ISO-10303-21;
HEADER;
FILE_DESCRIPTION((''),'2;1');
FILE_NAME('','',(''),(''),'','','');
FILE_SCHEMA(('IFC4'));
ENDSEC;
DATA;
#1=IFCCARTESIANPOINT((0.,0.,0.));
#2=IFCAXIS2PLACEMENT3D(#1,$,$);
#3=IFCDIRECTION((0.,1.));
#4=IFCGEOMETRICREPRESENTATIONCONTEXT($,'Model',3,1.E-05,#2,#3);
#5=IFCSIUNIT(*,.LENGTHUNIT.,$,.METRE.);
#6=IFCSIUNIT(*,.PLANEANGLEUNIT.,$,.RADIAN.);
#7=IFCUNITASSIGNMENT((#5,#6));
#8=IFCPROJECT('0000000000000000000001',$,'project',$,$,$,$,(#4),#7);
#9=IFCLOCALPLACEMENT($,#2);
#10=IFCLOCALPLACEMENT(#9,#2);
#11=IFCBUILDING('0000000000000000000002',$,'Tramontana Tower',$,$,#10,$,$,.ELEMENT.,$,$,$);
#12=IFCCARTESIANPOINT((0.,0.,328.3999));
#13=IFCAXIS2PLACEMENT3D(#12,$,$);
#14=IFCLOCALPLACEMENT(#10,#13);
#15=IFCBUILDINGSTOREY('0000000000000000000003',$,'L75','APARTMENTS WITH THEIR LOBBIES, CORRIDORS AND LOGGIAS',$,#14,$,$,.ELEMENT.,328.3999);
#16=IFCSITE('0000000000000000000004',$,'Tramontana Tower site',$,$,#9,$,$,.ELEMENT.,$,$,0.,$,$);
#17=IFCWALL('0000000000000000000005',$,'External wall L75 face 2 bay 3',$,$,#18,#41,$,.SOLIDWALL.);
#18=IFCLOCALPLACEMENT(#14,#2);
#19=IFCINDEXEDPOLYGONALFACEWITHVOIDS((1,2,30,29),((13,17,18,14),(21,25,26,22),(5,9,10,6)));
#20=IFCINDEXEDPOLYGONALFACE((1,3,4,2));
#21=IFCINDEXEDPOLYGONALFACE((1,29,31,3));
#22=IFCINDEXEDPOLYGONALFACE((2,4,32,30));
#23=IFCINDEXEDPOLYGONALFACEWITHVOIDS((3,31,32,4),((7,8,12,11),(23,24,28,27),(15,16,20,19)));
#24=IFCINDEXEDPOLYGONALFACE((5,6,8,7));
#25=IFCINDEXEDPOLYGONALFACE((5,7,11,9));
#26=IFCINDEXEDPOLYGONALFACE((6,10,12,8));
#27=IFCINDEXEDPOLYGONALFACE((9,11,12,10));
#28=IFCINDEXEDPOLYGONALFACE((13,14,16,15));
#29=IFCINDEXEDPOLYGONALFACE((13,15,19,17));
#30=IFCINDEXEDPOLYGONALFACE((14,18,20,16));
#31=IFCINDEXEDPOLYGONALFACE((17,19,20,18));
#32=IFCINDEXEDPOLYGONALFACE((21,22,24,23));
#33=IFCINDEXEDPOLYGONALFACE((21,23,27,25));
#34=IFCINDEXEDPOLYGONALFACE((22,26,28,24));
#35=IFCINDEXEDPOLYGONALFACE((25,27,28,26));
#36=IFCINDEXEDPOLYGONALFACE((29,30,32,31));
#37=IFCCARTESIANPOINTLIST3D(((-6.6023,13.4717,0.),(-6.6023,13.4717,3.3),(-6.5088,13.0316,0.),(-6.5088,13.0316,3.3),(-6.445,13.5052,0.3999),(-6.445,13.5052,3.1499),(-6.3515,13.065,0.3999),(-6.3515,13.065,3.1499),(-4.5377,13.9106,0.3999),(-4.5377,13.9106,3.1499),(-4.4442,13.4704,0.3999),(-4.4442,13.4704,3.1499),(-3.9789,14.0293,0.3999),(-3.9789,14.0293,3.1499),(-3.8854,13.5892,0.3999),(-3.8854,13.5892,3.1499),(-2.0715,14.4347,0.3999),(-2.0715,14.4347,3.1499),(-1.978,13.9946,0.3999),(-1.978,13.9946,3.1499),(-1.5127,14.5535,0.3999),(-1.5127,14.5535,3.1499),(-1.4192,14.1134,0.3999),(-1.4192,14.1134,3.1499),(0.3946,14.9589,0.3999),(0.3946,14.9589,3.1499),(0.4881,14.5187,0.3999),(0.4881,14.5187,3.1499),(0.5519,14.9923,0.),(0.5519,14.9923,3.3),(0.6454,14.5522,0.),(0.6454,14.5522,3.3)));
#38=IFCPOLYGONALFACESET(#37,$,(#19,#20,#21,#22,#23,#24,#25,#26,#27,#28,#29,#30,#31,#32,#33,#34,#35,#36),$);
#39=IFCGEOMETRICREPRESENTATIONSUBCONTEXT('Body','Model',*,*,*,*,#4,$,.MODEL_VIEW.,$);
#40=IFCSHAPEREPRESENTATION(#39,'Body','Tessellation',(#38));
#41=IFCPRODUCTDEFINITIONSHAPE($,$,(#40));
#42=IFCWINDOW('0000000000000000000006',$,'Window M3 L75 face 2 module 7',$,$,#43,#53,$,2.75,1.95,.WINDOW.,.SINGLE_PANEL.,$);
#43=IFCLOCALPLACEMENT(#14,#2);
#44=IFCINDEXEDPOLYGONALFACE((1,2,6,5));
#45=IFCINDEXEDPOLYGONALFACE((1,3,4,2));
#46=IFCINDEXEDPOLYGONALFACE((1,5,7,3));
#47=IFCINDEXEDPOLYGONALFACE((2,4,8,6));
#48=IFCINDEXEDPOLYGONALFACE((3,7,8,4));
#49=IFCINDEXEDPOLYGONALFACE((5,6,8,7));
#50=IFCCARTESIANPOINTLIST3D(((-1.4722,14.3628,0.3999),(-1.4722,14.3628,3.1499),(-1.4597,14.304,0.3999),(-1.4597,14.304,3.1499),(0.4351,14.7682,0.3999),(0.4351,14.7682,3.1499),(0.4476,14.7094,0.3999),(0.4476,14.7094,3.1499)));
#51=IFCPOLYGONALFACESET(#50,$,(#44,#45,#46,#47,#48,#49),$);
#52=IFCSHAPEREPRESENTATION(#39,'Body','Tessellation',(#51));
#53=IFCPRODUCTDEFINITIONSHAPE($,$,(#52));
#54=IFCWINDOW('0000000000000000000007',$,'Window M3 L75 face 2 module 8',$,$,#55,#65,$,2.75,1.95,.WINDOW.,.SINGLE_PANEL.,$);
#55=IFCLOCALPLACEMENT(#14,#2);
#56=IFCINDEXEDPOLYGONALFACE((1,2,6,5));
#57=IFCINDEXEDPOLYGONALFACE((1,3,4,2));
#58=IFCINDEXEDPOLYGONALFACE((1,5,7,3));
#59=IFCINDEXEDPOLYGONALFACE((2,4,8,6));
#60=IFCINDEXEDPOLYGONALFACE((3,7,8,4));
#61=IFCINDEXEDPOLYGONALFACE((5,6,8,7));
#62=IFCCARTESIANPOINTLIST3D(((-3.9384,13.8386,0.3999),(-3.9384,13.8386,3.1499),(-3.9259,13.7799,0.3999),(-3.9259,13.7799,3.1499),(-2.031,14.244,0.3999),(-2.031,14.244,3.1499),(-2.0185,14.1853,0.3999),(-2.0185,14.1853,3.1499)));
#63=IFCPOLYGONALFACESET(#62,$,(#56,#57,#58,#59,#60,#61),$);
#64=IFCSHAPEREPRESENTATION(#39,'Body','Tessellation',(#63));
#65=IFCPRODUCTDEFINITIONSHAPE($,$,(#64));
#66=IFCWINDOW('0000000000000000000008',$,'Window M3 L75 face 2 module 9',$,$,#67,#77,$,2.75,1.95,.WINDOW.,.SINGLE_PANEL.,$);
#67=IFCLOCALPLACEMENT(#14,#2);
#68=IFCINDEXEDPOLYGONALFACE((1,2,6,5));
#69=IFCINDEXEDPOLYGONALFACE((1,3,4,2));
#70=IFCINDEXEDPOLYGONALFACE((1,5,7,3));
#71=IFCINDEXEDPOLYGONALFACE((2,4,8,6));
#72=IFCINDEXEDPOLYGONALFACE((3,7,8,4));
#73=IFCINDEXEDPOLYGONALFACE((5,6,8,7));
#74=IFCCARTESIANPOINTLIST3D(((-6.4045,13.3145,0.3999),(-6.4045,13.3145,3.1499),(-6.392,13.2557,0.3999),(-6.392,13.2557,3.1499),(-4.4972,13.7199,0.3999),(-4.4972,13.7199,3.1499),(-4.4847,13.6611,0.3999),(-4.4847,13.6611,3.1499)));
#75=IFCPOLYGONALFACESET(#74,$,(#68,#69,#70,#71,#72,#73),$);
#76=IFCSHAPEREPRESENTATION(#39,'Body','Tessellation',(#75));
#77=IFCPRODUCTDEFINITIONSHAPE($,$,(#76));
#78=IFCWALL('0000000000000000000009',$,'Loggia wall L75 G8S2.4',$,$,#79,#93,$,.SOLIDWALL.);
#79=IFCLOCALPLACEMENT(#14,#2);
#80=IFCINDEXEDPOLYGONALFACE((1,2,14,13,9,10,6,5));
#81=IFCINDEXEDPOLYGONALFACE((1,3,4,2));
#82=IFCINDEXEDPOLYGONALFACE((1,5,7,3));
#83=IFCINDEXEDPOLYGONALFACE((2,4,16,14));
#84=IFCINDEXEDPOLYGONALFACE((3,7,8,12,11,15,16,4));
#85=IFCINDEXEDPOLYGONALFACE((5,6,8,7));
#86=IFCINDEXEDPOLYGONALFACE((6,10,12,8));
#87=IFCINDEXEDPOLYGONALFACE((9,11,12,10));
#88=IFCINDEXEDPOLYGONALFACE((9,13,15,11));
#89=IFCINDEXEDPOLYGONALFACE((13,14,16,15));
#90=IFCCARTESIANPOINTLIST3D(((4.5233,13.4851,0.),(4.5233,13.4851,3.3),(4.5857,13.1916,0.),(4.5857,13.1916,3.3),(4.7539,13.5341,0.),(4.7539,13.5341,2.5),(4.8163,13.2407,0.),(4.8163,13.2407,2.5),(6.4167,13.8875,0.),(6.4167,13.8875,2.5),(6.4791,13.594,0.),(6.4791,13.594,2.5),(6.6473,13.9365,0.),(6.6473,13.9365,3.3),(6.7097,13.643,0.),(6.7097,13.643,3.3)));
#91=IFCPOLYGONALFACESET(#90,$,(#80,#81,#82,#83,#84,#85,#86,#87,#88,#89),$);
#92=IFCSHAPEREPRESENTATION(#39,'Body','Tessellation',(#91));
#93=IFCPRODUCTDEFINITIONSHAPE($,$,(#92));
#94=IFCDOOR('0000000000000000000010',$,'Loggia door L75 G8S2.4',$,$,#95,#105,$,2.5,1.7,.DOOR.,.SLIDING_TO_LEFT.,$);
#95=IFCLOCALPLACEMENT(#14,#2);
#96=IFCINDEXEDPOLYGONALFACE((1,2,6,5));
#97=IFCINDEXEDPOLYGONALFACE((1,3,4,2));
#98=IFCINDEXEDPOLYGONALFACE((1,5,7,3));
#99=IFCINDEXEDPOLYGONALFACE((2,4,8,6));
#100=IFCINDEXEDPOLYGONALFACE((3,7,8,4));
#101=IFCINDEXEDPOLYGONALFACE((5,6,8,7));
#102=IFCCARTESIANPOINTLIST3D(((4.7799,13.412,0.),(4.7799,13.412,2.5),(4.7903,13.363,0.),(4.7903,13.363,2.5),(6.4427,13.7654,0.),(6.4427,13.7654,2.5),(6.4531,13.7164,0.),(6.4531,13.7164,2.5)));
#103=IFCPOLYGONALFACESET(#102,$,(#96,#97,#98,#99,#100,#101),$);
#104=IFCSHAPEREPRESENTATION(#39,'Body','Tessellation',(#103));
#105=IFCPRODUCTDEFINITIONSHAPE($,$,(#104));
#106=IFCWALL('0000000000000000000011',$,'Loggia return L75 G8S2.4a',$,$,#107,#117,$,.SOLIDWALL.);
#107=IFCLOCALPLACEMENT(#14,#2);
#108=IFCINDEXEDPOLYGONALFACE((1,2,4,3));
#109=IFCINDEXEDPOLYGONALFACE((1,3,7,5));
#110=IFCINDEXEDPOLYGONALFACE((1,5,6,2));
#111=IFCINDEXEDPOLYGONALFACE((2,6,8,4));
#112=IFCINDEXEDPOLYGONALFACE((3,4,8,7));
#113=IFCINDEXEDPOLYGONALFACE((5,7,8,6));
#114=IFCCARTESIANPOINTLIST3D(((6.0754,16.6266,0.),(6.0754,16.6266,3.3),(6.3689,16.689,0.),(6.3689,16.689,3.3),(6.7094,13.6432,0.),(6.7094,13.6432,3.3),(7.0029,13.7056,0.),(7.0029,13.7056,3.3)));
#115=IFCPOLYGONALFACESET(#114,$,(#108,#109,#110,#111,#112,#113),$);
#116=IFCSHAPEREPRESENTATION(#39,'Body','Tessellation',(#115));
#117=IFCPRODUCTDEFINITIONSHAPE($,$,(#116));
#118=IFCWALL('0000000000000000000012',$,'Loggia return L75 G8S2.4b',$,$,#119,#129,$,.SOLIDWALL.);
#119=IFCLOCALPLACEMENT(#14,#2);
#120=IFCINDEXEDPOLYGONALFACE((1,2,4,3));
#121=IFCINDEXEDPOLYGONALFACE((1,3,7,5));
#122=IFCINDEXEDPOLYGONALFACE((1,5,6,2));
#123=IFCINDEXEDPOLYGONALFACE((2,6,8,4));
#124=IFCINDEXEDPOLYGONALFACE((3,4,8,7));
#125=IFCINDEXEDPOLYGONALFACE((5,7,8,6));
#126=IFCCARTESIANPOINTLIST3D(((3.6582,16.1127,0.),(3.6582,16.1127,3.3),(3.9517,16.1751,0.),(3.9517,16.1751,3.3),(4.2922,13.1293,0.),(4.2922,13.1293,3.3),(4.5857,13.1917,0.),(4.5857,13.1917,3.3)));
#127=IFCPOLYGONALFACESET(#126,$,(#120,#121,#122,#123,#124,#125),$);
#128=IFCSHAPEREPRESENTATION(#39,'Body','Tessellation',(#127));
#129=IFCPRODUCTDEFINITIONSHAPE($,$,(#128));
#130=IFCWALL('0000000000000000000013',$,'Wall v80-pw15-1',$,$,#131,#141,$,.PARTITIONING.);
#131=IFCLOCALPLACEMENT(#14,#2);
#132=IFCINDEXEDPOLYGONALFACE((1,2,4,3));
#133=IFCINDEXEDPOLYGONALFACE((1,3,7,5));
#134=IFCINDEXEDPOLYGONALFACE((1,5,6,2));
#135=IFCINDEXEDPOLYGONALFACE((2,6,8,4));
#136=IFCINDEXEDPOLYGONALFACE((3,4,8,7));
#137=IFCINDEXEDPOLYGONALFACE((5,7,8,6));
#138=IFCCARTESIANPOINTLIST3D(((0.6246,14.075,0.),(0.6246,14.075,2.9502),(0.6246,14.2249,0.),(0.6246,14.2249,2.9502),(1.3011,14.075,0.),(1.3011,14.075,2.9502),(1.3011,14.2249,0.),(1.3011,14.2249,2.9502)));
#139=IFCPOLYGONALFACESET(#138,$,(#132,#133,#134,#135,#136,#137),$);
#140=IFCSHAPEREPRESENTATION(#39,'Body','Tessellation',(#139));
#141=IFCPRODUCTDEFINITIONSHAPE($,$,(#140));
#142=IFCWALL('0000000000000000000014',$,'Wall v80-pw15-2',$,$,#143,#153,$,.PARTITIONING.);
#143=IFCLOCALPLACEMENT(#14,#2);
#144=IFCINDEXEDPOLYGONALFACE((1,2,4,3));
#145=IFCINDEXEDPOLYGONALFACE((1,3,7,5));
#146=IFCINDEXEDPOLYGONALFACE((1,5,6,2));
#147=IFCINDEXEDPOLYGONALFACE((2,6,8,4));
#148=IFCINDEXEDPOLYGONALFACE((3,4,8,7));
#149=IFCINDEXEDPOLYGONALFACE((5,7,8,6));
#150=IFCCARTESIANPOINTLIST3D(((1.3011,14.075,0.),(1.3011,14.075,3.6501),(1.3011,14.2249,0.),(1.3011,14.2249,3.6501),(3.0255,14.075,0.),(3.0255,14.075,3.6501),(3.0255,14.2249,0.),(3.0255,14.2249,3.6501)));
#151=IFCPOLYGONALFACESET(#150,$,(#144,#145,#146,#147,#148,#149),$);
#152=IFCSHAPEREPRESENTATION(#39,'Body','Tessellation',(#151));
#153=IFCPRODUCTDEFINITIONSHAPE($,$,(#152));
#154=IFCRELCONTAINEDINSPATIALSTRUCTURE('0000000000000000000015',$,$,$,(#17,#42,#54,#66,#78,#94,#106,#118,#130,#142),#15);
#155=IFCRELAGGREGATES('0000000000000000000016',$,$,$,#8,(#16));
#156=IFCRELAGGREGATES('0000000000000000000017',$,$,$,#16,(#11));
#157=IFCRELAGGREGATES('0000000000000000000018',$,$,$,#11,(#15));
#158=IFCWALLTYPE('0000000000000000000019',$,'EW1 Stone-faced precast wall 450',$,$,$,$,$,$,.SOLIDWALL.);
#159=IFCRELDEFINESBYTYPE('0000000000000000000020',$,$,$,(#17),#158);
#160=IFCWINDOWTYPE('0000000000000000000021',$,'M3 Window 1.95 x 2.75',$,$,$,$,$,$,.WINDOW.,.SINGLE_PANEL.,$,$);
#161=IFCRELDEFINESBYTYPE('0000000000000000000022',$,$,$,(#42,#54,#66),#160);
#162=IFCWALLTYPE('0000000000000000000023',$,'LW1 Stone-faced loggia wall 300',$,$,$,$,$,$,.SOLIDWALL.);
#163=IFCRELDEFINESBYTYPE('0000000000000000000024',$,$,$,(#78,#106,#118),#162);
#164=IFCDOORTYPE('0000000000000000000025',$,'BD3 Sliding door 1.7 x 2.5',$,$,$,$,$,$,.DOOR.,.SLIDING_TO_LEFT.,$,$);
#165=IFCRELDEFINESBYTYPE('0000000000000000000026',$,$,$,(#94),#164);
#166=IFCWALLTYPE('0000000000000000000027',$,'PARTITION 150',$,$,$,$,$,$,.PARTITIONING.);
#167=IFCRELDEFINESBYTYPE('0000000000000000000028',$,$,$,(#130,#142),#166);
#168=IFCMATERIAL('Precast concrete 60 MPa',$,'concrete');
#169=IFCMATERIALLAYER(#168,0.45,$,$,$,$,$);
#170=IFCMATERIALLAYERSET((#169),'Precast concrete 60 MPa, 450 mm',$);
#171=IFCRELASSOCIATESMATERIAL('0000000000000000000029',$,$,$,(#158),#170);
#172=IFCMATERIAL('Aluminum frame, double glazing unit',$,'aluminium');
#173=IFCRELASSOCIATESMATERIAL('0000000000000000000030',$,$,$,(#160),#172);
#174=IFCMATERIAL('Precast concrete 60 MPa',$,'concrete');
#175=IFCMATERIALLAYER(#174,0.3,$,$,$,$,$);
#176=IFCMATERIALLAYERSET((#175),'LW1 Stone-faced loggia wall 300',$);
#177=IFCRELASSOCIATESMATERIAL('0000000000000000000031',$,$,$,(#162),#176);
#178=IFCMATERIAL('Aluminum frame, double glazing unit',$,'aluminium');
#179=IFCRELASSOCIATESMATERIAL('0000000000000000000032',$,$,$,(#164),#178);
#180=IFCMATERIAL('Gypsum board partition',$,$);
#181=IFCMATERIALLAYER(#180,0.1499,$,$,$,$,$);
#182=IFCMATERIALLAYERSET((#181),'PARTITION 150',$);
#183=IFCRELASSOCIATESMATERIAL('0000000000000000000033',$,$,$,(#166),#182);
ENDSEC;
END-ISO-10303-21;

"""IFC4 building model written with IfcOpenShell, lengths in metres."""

from ifc_helpers import new_model, si_unit, direction, frame, frame_2d, origin, place, context, subcontext, project, spatial, rectangle, extrude, material, layer, layer_set, type_object, element, fill, save


model = new_model("IFC4")

# Units and contexts
model_context = context("Model", 3, precision=1e-05, world=origin(), true_north=direction((0.0, 1.0)))
body_context = subcontext(model_context, "Body", "Model", "MODEL_VIEW")
ifc_project = project(units=[si_unit("LENGTHUNIT", "METRE"), si_unit("PLANEANGLEUNIT", "RADIAN")], contexts=[model_context])

# Site, building, storey
site_placement = place(None, origin())
site = spatial("IfcSite", under=ifc_project, at=site_placement, Name="Tramontana Tower site", CompositionType="ELEMENT", RefElevation=0.0)
building_placement = place(site_placement, origin())
building = spatial("IfcBuilding", under=site, at=building_placement, Name="Tramontana Tower", CompositionType="ELEMENT")
storey_placement = place(building_placement, frame((0.0, 0.0, 328.3999)))
storey = spatial("IfcBuildingStorey", under=building, at=storey_placement, Name="L75", Description="APARTMENTS WITH THEIR LOBBIES, CORRIDORS AND LOGGIAS", CompositionType="ELEMENT", Elevation=328.3999)

# Shared definitions
ifc_material_1 = material(Name="Precast concrete 60 MPa", Category="concrete")
ifc_layer_1 = layer(ifc_material_1, 0.45)
ifc_layer_set_1 = layer_set([ifc_layer_1], Name="Precast concrete 60 MPa, 450 mm")
wall_type_1 = type_object("IfcWallType", Name="EW1 Stone-faced precast wall 450", PredefinedType="SOLIDWALL", material=ifc_layer_set_1)
ifc_material_2 = material(Name="Aluminum frame, double glazing unit", Category="aluminium")
window_type_1 = type_object("IfcWindowType", Name="M3 Window 1.95 x 2.75", PartitioningType="SINGLE_PANEL", PredefinedType="WINDOW", material=ifc_material_2)

# Wall, openings, windows
wall_1_placement = place(storey_placement, frame((0.5986, 14.7722, 0.0), z_axis=(0.0, 0.0, 1.0), x_axis=(-0.978151, -0.207894, 0.0)))
wall_1 = element("IfcWall", 1, at=wall_1_placement, inside=storey, type_object=wall_type_1, Name="External wall L75 face 2 bay 3", PredefinedType="SOLIDWALL", context=body_context, shape_type="SweptSolid", body=[
    extrude(rectangle(XDim=7.314, YDim=0.45, at=frame_2d((3.657, 0.0))), origin(), (0.0, 0.0, 1.0), 3.3),
])
opening_1_placement = place(wall_1_placement, frame((0.1606, 0.0, 0.3999)))
opening_1 = element("IfcOpeningElement", 2, at=opening_1_placement, cuts=wall_1, PredefinedType="OPENING", context=body_context, shape_type="SweptSolid", body=[
    extrude(rectangle(XDim=1.95, YDim=2.75, at=frame_2d((0.9751, 1.375))), frame((0.0, 0.2349, 0.0), z_axis=(0.0, -1.0, 0.0), x_axis=(1.0, 0.0, 0.0)), (0.0, 0.0, 1.0), 0.47),
])
opening_2_placement = place(wall_1_placement, frame((2.6819, 0.0, 0.3999)))
opening_2 = element("IfcOpeningElement", 3, at=opening_2_placement, cuts=wall_1, PredefinedType="OPENING", context=body_context, shape_type="SweptSolid", body=[
    extrude(rectangle(XDim=1.95, YDim=2.75, at=frame_2d((0.9751, 1.375))), frame((0.0, 0.2349, 0.0), z_axis=(0.0, -1.0, 0.0), x_axis=(1.0, 0.0, 0.0)), (0.0, 0.0, 1.0), 0.47),
])
opening_3_placement = place(wall_1_placement, frame((5.2031, 0.0, 0.3999)))
opening_3 = element("IfcOpeningElement", 4, at=opening_3_placement, cuts=wall_1, PredefinedType="OPENING", context=body_context, shape_type="SweptSolid", body=[
    extrude(rectangle(XDim=1.95, YDim=2.75, at=frame_2d((0.9751, 1.375))), frame((0.0, 0.2349, 0.0), z_axis=(0.0, -1.0, 0.0), x_axis=(1.0, 0.0, 0.0)), (0.0, 0.0, 1.0), 0.47),
])
window_1_placement = place(opening_1_placement, origin())
window_1 = element("IfcWindow", 5, at=window_1_placement, inside=storey, type_object=window_type_1, Name="Window M3 L75 face 2 module 7", OverallHeight=2.75, OverallWidth=1.95, PartitioningType="SINGLE_PANEL", PredefinedType="WINDOW", context=body_context, shape_type="SweptSolid", body=[
    extrude(rectangle(XDim=1.95, YDim=2.75, at=frame_2d((0.9751, 1.375))), frame((0.0, 0.03, 0.0), z_axis=(0.0, -1.0, 0.0), x_axis=(1.0, 0.0, 0.0)), (0.0, 0.0, 1.0), 0.0601),
])
fill(opening_1, window_1)
window_2_placement = place(opening_2_placement, origin())
window_2 = element("IfcWindow", 6, at=window_2_placement, inside=storey, type_object=window_type_1, Name="Window M3 L75 face 2 module 8", OverallHeight=2.75, OverallWidth=1.95, PartitioningType="SINGLE_PANEL", PredefinedType="WINDOW", context=body_context, shape_type="SweptSolid", body=[
    extrude(rectangle(XDim=1.95, YDim=2.75, at=frame_2d((0.9751, 1.375))), frame((0.0, 0.03, 0.0), z_axis=(0.0, -1.0, 0.0), x_axis=(1.0, 0.0, 0.0)), (0.0, 0.0, 1.0), 0.0601),
])
fill(opening_2, window_2)
window_3_placement = place(opening_3_placement, origin())
window_3 = element("IfcWindow", 7, at=window_3_placement, inside=storey, type_object=window_type_1, Name="Window M3 L75 face 2 module 9", OverallHeight=2.75, OverallWidth=1.95, PartitioningType="SINGLE_PANEL", PredefinedType="WINDOW", context=body_context, shape_type="SweptSolid", body=[
    extrude(rectangle(XDim=1.95, YDim=2.75, at=frame_2d((0.9751, 1.375))), frame((0.0, 0.03, 0.0), z_axis=(0.0, -1.0, 0.0), x_axis=(1.0, 0.0, 0.0)), (0.0, 0.0, 1.0), 0.0601),
])
fill(opening_3, window_3)

# Wall, opening, door
ifc_material_3 = material(Name="Precast concrete 60 MPa", Category="concrete")
ifc_layer_2 = layer(ifc_material_3, 0.3)
ifc_layer_set_2 = layer_set([ifc_layer_2], Name="LW1 Stone-faced loggia wall 300")
wall_type_2 = type_object("IfcWallType", Name="LW1 Stone-faced loggia wall 300", PredefinedType="SOLIDWALL", material=ifc_layer_set_2)
wall_2_placement = place(storey_placement, frame((6.6785, 13.7898, 0.0), z_axis=(0.0, 0.0, 1.0), x_axis=(-0.978153, -0.207886, 0.0)))
wall_2 = element("IfcWall", 8, at=wall_2_placement, inside=storey, type_object=wall_type_2, Name="Loggia wall L75 G8S2.4", PredefinedType="SOLIDWALL", context=body_context, shape_type="SweptSolid", body=[
    extrude(rectangle(XDim=2.1714, YDim=0.3, at=frame_2d((1.0857, 0.0))), origin(), (0.0, 0.0, 1.0), 3.3),
])
opening_4_placement = place(wall_2_placement, frame((0.2356, 0.0, 0.0)))
opening_4 = element("IfcOpeningElement", 9, at=opening_4_placement, cuts=wall_2, PredefinedType="OPENING", context=body_context, shape_type="SweptSolid", body=[
    extrude(rectangle(XDim=1.7, YDim=2.5, at=frame_2d((0.8501, 1.25))), frame((0.0, 0.1599, 0.0), z_axis=(0.0, -1.0, 0.0), x_axis=(1.0, 0.0, 0.0)), (0.0, 0.0, 1.0), 0.3201),
])
ifc_material_4 = material(Name="Aluminum frame, double glazing unit", Category="aluminium")
door_type_1 = type_object("IfcDoorType", Name="BD3 Sliding door 1.7 x 2.5", OperationType="SLIDING_TO_LEFT", PredefinedType="DOOR", material=ifc_material_4)
door_1_placement = place(opening_4_placement, origin())
door_1 = element("IfcDoor", 10, at=door_1_placement, inside=storey, type_object=door_type_1, Name="Loggia door L75 G8S2.4", OperationType="SLIDING_TO_LEFT", OverallHeight=2.5, OverallWidth=1.7, PredefinedType="DOOR", context=body_context, shape_type="SweptSolid", body=[
    extrude(rectangle(XDim=1.7, YDim=2.5, at=frame_2d((0.8501, 1.25))), frame((0.0, 0.0249, 0.0), z_axis=(0.0, -1.0, 0.0), x_axis=(1.0, 0.0, 0.0)), (0.0, 0.0, 1.0), 0.05),
])
fill(opening_4, door_1)

# Walls
for number, where, z_axis, x_axis, name in (
    (11, (6.2222, 16.6577, 0.0), (0.0, 0.0, 1.0), (0.207878, -0.978155, 0.0), "Loggia return L75 G8S2.4a"),
    (12, (3.8049, 16.1438, 0.0), (0.0, 0.0, 1.0), (0.207878, -0.978155, 0.0), "Loggia return L75 G8S2.4b"),
):
    element("IfcWall", number, at=place(storey_placement, frame(where, z_axis=z_axis, x_axis=x_axis)), inside=storey, type_object=wall_type_2, Name=name, PredefinedType="SOLIDWALL", context=body_context, shape_type="SweptSolid", body=[
        extrude(rectangle(XDim=3.05, YDim=0.3, at=frame_2d((1.5249, 0.0))), origin(), (0.0, 0.0, 1.0), 3.3),
    ])
ifc_material_5 = material(Name="Gypsum board partition")
ifc_layer_3 = layer(ifc_material_5, 0.1499)
ifc_layer_set_3 = layer_set([ifc_layer_3], Name="PARTITION 150")
wall_type_3 = type_object("IfcWallType", Name="PARTITION 150", PredefinedType="PARTITIONING", material=ifc_layer_set_3)
wall_3_placement = place(storey_placement, frame((0.6245, 14.1499, 0.0), z_axis=(0.0, 0.0, 1.0), x_axis=(1.0, 0.0, 0.0)))
element("IfcWall", 13, at=wall_3_placement, inside=storey, type_object=wall_type_3, Name="Wall v80-pw15-1", PredefinedType="PARTITIONING", context=body_context, shape_type="SweptSolid", body=[
    extrude(rectangle(XDim=0.6765, YDim=0.1499, at=frame_2d((0.3384, 0.0))), origin(), (0.0, 0.0, 1.0), 2.9502),
])
wall_4_placement = place(storey_placement, frame((1.301, 14.1499, 0.0), z_axis=(0.0, 0.0, 1.0), x_axis=(1.0, 0.0, 0.0)))
element("IfcWall", 14, at=wall_4_placement, inside=storey, type_object=wall_type_3, Name="Wall v80-pw15-2", PredefinedType="PARTITIONING", context=body_context, shape_type="SweptSolid", body=[
    extrude(rectangle(XDim=1.7244, YDim=0.1499, at=frame_2d((0.8623, 0.0))), origin(), (0.0, 0.0, 1.0), 3.6501),
])

save(model, "model.ifc")
